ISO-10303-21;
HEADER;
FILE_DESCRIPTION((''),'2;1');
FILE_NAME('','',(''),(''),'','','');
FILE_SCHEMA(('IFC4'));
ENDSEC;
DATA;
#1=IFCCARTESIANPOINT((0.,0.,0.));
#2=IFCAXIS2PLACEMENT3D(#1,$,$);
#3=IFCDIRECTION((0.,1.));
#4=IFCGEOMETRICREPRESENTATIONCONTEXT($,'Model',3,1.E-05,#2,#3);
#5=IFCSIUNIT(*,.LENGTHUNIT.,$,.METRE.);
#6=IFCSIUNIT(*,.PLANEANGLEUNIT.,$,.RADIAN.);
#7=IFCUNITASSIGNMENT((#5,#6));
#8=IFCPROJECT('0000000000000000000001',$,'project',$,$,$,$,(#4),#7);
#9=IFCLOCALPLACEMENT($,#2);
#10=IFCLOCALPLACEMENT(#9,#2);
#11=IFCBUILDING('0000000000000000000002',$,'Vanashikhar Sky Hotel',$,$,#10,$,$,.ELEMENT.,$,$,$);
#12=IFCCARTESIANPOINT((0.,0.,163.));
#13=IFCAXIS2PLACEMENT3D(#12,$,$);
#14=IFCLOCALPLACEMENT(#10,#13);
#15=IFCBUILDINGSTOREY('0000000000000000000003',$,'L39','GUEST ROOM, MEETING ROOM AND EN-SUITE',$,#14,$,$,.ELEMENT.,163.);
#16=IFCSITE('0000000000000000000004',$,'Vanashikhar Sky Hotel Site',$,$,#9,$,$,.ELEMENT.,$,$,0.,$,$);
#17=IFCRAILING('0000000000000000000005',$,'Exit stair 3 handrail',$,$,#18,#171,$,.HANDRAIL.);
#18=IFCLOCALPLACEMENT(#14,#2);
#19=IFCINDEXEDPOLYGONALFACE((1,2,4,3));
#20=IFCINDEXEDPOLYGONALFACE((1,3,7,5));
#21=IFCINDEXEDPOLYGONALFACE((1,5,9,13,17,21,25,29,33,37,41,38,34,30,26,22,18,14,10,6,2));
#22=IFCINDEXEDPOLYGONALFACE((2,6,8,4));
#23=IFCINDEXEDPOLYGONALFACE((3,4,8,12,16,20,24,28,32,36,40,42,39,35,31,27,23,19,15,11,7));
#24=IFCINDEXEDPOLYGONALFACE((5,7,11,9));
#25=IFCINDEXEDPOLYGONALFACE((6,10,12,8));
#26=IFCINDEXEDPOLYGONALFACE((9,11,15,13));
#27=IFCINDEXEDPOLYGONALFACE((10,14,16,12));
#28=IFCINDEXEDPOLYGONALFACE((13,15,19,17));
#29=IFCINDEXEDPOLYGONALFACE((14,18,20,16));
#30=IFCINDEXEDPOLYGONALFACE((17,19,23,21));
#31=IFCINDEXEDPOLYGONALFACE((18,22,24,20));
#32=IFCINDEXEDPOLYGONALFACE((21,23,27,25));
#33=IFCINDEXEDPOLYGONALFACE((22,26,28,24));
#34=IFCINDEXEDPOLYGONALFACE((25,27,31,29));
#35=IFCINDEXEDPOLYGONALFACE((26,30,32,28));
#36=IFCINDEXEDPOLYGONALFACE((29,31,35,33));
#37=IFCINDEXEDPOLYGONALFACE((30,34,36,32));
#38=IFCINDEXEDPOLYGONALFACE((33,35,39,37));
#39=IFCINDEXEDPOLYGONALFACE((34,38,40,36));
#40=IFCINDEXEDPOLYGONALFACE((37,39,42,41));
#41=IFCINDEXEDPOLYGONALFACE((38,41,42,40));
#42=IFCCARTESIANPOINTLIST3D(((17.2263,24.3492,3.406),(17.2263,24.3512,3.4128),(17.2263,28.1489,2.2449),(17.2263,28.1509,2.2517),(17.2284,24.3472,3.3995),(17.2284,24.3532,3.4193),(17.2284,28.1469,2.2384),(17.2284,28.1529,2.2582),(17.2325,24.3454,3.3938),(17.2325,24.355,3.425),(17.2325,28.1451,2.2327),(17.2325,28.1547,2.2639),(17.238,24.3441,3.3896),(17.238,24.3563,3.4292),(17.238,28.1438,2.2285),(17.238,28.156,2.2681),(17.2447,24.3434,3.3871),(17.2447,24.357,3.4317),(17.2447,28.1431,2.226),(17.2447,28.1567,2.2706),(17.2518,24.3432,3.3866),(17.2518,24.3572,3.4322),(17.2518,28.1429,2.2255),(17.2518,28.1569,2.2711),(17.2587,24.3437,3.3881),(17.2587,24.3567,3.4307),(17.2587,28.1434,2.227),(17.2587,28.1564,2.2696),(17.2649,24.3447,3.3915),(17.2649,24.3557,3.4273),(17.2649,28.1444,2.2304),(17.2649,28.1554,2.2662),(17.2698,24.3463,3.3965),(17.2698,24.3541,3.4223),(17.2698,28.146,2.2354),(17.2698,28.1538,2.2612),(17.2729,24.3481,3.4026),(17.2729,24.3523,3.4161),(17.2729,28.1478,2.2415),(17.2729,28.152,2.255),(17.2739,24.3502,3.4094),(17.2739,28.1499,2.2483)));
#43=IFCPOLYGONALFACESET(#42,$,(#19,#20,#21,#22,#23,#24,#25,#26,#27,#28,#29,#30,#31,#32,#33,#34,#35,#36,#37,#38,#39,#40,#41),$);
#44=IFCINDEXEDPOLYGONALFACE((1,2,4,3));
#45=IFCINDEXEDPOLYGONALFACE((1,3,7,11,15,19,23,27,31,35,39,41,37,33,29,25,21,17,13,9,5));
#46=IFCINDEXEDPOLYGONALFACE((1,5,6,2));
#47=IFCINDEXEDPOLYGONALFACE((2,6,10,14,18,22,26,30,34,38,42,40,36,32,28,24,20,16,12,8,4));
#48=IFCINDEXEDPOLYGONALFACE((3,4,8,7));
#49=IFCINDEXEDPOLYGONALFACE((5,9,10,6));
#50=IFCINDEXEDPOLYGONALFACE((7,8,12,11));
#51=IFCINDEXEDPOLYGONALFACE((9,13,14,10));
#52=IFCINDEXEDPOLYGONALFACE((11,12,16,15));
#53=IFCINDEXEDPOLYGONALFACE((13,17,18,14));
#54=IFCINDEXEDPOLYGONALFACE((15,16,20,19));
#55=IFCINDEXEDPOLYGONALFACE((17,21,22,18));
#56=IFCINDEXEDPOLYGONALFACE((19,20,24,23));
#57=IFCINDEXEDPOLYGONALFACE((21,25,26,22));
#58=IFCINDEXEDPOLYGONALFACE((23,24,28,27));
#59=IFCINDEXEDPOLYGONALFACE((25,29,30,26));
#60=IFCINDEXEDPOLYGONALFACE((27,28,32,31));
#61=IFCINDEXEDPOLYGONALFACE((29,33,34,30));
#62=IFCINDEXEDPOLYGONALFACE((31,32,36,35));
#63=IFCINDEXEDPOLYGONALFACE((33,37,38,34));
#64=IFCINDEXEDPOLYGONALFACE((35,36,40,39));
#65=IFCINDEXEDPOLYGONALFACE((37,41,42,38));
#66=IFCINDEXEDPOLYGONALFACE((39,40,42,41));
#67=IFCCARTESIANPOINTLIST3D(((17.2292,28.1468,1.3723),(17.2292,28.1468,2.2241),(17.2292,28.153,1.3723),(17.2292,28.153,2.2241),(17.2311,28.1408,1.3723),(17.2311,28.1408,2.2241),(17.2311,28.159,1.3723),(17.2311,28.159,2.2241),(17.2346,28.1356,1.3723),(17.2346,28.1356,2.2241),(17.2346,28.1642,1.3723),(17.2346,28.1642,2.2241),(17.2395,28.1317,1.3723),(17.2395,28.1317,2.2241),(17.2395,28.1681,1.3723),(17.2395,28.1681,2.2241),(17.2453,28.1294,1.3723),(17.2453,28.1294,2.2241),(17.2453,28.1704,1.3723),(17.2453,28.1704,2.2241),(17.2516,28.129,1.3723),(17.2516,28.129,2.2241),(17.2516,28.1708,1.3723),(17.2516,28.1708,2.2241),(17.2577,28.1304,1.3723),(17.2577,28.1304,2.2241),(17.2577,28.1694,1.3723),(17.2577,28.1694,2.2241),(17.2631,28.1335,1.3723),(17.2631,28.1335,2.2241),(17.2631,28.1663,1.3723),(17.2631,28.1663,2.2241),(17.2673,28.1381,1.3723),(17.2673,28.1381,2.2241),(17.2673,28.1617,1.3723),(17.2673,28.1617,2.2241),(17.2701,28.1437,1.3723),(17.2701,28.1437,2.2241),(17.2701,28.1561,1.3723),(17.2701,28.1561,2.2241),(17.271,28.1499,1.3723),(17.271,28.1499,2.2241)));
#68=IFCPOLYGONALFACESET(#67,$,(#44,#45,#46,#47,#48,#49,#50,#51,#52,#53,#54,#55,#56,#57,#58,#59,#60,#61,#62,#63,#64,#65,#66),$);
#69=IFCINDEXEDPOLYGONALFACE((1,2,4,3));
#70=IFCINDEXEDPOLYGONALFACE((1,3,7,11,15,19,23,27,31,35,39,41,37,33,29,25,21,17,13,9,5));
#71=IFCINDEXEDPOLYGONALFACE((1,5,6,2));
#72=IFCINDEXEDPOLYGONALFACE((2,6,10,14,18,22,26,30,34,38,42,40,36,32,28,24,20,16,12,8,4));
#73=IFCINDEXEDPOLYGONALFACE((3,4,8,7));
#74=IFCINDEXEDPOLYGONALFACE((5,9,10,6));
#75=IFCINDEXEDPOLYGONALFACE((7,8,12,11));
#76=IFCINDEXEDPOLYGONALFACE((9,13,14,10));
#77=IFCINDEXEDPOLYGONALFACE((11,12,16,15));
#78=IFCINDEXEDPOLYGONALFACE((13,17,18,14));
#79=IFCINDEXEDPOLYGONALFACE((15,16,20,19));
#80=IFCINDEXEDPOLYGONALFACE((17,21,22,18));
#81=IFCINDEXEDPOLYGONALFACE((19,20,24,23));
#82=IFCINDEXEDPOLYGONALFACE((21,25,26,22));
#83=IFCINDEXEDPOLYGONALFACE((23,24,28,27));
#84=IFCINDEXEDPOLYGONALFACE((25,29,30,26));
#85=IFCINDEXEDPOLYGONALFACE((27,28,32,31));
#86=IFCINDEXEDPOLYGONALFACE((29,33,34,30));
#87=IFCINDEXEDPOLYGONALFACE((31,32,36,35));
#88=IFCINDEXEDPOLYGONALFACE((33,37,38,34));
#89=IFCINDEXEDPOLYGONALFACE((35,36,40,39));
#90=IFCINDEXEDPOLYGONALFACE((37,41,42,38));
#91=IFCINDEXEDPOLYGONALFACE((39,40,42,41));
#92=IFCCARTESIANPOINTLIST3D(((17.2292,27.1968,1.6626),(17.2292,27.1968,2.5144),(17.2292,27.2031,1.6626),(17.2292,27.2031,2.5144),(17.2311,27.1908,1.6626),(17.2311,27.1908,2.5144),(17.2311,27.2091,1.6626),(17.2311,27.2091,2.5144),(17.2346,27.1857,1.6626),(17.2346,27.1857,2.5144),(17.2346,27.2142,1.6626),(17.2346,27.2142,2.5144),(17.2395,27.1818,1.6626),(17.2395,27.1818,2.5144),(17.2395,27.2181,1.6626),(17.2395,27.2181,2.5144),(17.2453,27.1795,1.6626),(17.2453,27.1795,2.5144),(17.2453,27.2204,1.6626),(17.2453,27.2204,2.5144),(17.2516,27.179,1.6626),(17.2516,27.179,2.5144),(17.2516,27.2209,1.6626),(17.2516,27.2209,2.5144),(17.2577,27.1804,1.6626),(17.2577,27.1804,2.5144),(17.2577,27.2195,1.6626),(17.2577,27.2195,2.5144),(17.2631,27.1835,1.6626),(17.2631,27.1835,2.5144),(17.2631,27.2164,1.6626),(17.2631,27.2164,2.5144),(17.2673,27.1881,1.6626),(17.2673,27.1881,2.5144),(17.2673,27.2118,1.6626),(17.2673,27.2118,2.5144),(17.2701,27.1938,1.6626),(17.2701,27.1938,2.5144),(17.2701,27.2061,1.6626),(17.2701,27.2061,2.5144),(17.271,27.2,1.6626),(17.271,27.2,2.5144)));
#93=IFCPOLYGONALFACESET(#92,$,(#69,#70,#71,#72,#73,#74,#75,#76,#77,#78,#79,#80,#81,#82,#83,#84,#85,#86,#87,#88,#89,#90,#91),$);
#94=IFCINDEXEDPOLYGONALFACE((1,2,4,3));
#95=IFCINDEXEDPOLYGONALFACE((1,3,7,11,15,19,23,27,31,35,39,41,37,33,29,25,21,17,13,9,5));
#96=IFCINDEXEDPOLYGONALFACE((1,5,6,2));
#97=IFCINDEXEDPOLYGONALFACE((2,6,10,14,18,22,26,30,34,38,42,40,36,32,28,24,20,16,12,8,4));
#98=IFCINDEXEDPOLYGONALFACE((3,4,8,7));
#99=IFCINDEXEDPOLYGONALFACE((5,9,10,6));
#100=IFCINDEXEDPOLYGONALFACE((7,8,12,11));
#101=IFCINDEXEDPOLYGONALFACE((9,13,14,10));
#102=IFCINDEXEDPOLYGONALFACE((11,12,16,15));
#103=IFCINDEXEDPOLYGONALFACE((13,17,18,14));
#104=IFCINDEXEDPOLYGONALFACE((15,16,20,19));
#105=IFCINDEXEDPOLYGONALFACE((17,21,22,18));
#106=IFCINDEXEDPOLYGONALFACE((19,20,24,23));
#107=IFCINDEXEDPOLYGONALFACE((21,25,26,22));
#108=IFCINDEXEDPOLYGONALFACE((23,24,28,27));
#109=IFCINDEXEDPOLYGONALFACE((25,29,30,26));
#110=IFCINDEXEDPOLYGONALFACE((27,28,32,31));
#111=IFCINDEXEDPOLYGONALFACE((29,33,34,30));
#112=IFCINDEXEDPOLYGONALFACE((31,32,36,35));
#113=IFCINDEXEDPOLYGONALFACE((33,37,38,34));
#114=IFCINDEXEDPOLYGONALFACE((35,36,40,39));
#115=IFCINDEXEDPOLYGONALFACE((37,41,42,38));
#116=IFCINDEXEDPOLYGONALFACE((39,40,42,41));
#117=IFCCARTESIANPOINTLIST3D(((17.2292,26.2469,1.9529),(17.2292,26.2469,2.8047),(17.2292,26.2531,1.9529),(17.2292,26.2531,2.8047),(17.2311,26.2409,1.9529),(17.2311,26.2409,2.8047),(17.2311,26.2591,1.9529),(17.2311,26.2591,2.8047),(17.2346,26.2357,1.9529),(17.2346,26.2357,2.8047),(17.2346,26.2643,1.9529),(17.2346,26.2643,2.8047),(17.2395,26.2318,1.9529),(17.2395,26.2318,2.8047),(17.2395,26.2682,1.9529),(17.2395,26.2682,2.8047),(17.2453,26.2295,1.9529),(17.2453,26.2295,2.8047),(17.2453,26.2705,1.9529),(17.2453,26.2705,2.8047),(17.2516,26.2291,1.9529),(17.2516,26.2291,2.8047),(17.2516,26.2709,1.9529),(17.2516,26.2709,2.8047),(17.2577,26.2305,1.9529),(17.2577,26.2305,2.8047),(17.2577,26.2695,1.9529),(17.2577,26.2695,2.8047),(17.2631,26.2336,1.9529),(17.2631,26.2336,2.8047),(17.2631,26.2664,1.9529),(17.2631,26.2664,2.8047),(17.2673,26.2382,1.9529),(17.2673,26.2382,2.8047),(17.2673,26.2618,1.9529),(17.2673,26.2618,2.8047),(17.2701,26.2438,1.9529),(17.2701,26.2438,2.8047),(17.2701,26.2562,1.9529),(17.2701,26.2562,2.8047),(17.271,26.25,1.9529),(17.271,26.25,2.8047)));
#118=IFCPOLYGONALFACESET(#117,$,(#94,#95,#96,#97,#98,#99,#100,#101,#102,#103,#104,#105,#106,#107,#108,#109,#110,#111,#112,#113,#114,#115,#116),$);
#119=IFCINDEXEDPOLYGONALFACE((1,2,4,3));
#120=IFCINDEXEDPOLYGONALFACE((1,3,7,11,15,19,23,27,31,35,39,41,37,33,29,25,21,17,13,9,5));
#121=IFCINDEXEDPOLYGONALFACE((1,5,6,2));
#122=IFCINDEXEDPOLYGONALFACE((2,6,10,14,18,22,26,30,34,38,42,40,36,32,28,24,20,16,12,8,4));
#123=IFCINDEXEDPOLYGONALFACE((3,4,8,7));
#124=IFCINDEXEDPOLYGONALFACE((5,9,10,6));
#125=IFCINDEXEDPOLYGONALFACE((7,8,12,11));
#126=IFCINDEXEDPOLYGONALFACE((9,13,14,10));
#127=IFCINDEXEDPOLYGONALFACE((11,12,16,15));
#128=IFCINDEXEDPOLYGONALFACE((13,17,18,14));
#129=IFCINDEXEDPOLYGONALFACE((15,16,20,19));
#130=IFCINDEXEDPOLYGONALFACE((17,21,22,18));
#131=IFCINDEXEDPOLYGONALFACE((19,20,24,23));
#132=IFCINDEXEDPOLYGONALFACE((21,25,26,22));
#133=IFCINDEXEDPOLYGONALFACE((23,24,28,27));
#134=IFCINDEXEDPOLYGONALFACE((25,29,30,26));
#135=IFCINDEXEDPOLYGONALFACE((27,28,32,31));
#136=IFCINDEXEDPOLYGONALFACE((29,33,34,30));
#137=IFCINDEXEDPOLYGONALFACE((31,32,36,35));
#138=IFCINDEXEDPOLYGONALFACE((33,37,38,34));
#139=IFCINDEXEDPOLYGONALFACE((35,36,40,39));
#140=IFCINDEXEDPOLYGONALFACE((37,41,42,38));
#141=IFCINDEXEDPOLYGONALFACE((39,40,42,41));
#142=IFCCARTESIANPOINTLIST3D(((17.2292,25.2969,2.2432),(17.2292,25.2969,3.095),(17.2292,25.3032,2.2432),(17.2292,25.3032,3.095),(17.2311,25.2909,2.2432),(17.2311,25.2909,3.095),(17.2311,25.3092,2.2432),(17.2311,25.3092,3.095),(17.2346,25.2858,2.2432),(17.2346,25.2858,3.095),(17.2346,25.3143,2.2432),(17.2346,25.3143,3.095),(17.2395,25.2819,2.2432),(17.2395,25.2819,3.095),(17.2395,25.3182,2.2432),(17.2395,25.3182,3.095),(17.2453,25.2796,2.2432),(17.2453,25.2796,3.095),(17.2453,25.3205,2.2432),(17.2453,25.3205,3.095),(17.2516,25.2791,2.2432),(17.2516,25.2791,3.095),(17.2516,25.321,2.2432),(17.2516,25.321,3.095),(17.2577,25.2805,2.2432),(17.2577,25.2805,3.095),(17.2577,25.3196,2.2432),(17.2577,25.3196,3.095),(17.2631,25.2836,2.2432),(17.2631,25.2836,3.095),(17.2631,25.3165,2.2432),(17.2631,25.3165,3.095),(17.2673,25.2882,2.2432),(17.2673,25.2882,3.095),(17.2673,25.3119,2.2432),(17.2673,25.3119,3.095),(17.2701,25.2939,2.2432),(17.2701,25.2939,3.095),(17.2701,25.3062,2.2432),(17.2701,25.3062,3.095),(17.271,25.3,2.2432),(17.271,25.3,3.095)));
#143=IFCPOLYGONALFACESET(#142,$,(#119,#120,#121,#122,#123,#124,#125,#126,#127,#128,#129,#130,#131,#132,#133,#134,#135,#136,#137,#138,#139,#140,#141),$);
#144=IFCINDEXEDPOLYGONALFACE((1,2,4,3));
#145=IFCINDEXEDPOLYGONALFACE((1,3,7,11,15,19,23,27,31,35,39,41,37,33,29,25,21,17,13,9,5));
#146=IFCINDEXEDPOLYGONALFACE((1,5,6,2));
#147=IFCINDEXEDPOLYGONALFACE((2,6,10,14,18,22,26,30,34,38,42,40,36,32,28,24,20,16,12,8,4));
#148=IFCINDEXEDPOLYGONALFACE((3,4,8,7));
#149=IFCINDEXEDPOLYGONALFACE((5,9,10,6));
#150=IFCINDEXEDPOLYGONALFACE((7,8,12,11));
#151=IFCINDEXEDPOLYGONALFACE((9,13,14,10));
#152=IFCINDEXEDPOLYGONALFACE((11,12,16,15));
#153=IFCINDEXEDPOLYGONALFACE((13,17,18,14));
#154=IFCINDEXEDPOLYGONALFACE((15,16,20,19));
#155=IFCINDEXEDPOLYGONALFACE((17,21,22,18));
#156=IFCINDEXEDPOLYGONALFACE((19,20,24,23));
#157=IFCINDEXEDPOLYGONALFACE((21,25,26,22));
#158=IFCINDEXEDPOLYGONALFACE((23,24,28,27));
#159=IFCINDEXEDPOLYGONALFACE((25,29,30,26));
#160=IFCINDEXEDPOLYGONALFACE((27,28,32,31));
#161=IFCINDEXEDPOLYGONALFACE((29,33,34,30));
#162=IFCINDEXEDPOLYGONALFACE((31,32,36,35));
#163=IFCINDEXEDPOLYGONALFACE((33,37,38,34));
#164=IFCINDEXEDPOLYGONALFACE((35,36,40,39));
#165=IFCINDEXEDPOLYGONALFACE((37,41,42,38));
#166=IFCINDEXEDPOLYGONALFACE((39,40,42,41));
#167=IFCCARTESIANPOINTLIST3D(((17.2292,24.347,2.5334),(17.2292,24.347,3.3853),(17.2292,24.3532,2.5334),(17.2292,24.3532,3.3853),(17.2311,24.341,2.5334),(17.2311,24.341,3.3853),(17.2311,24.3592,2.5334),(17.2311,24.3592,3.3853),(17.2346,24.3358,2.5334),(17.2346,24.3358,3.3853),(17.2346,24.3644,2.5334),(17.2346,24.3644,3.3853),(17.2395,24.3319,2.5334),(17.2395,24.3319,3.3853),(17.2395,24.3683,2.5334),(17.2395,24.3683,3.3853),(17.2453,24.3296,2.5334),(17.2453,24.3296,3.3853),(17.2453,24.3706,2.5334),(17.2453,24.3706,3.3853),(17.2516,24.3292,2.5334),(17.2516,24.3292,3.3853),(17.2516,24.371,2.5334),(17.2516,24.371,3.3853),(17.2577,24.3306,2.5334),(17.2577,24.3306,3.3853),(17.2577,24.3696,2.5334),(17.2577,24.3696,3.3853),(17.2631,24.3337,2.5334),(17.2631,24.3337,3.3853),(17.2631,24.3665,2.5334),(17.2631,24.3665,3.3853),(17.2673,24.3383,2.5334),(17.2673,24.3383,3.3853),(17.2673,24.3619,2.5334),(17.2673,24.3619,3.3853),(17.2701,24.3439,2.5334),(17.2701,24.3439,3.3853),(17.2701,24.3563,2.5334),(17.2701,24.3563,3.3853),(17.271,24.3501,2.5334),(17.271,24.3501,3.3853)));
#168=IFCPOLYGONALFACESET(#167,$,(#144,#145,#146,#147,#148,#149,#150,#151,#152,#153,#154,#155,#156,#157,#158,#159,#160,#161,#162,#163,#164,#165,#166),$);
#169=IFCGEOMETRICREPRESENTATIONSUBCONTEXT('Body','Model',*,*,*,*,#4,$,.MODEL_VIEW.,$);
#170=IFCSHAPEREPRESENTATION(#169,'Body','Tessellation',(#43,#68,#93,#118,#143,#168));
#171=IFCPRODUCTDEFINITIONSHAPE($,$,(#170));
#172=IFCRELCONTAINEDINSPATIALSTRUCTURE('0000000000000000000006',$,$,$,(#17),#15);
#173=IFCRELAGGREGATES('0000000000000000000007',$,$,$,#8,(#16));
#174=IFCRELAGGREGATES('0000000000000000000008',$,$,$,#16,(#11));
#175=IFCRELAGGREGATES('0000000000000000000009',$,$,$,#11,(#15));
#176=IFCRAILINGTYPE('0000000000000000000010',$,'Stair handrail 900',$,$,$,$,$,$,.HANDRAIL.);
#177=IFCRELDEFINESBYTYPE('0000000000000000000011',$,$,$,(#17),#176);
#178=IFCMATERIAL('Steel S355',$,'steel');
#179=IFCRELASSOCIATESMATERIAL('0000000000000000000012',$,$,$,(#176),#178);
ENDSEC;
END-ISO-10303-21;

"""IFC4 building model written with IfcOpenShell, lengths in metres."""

from ifc_helpers import new_model, si_unit, direction, frame, origin, origin_2d, place, context, subcontext, project, spatial, circle, extrude, source, transform, mapped, material, type_object, element, save


model = new_model("IFC4")

# Units and contexts
model_context = context("Model", 3, precision=1e-05, world=origin(), true_north=direction((0.0, 1.0)))
body_context = subcontext(model_context, "Body", "Model", "MODEL_VIEW")
ifc_project = project(units=[si_unit("LENGTHUNIT", "METRE"), si_unit("PLANEANGLEUNIT", "RADIAN")], contexts=[model_context])

# Site, building, storey
site_placement = place(None, origin())
site = spatial("IfcSite", under=ifc_project, at=site_placement, Name="Vanashikhar Sky Hotel Site", CompositionType="ELEMENT", RefElevation=0.0)
building_placement = place(site_placement, origin())
building = spatial("IfcBuilding", under=site, at=building_placement, Name="Vanashikhar Sky Hotel", CompositionType="ELEMENT")
storey_placement = place(building_placement, frame((0.0, 0.0, 163.0)))
storey = spatial("IfcBuildingStorey", under=building, at=storey_placement, Name="L39", Description="GUEST ROOM, MEETING ROOM AND EN-SUITE", CompositionType="ELEMENT", Elevation=163.0)

# Railing
ifc_material_1 = material(Name="Steel S355", Category="steel")
railing_type = type_object("IfcRailingType", Name="Stair handrail 900", PredefinedType="HANDRAIL", material=ifc_material_1)
shared_shape_1 = source(origin(), body_context, "Body", "SweptSolid", [
    extrude(circle(Radius=0.0239, at=origin_2d()), frame((0.0, 0.0, 0.876), z_axis=(0.0, -0.956346, 0.292237), x_axis=(1.0, 0.0, 0.0)), (0.0, 0.0, 1.0), 3.9731),
    extrude(circle(Radius=0.021, at=origin_2d()), origin(), (0.0, 0.0, 1.0), 0.8518),
    extrude(circle(Radius=0.021, at=origin_2d()), frame((0.0, -0.95, 0.2903)), (0.0, 0.0, 1.0), 0.8518),
    extrude(circle(Radius=0.021, at=origin_2d()), frame((0.0, -1.8999, 0.5806)), (0.0, 0.0, 1.0), 0.8518),
    extrude(circle(Radius=0.021, at=origin_2d()), frame((0.0, -2.8499, 0.8708)), (0.0, 0.0, 1.0), 0.8518),
    extrude(circle(Radius=0.021, at=origin_2d()), frame((0.0, -3.7998, 1.1611)), (0.0, 0.0, 1.0), 0.8518),
])
railing_placement = place(storey_placement, frame((17.25, 28.1499, 1.3723)))
element("IfcRailing", 1, at=railing_placement, inside=storey, type_object=railing_type, Name="Exit stair 3 handrail", PredefinedType="HANDRAIL", context=body_context, shape_type="MappedRepresentation", body=[
    mapped(shared_shape_1, transform((0.0, 0.0, 0.0), scale=1.0)),
])

save(model, "model.ifc")
